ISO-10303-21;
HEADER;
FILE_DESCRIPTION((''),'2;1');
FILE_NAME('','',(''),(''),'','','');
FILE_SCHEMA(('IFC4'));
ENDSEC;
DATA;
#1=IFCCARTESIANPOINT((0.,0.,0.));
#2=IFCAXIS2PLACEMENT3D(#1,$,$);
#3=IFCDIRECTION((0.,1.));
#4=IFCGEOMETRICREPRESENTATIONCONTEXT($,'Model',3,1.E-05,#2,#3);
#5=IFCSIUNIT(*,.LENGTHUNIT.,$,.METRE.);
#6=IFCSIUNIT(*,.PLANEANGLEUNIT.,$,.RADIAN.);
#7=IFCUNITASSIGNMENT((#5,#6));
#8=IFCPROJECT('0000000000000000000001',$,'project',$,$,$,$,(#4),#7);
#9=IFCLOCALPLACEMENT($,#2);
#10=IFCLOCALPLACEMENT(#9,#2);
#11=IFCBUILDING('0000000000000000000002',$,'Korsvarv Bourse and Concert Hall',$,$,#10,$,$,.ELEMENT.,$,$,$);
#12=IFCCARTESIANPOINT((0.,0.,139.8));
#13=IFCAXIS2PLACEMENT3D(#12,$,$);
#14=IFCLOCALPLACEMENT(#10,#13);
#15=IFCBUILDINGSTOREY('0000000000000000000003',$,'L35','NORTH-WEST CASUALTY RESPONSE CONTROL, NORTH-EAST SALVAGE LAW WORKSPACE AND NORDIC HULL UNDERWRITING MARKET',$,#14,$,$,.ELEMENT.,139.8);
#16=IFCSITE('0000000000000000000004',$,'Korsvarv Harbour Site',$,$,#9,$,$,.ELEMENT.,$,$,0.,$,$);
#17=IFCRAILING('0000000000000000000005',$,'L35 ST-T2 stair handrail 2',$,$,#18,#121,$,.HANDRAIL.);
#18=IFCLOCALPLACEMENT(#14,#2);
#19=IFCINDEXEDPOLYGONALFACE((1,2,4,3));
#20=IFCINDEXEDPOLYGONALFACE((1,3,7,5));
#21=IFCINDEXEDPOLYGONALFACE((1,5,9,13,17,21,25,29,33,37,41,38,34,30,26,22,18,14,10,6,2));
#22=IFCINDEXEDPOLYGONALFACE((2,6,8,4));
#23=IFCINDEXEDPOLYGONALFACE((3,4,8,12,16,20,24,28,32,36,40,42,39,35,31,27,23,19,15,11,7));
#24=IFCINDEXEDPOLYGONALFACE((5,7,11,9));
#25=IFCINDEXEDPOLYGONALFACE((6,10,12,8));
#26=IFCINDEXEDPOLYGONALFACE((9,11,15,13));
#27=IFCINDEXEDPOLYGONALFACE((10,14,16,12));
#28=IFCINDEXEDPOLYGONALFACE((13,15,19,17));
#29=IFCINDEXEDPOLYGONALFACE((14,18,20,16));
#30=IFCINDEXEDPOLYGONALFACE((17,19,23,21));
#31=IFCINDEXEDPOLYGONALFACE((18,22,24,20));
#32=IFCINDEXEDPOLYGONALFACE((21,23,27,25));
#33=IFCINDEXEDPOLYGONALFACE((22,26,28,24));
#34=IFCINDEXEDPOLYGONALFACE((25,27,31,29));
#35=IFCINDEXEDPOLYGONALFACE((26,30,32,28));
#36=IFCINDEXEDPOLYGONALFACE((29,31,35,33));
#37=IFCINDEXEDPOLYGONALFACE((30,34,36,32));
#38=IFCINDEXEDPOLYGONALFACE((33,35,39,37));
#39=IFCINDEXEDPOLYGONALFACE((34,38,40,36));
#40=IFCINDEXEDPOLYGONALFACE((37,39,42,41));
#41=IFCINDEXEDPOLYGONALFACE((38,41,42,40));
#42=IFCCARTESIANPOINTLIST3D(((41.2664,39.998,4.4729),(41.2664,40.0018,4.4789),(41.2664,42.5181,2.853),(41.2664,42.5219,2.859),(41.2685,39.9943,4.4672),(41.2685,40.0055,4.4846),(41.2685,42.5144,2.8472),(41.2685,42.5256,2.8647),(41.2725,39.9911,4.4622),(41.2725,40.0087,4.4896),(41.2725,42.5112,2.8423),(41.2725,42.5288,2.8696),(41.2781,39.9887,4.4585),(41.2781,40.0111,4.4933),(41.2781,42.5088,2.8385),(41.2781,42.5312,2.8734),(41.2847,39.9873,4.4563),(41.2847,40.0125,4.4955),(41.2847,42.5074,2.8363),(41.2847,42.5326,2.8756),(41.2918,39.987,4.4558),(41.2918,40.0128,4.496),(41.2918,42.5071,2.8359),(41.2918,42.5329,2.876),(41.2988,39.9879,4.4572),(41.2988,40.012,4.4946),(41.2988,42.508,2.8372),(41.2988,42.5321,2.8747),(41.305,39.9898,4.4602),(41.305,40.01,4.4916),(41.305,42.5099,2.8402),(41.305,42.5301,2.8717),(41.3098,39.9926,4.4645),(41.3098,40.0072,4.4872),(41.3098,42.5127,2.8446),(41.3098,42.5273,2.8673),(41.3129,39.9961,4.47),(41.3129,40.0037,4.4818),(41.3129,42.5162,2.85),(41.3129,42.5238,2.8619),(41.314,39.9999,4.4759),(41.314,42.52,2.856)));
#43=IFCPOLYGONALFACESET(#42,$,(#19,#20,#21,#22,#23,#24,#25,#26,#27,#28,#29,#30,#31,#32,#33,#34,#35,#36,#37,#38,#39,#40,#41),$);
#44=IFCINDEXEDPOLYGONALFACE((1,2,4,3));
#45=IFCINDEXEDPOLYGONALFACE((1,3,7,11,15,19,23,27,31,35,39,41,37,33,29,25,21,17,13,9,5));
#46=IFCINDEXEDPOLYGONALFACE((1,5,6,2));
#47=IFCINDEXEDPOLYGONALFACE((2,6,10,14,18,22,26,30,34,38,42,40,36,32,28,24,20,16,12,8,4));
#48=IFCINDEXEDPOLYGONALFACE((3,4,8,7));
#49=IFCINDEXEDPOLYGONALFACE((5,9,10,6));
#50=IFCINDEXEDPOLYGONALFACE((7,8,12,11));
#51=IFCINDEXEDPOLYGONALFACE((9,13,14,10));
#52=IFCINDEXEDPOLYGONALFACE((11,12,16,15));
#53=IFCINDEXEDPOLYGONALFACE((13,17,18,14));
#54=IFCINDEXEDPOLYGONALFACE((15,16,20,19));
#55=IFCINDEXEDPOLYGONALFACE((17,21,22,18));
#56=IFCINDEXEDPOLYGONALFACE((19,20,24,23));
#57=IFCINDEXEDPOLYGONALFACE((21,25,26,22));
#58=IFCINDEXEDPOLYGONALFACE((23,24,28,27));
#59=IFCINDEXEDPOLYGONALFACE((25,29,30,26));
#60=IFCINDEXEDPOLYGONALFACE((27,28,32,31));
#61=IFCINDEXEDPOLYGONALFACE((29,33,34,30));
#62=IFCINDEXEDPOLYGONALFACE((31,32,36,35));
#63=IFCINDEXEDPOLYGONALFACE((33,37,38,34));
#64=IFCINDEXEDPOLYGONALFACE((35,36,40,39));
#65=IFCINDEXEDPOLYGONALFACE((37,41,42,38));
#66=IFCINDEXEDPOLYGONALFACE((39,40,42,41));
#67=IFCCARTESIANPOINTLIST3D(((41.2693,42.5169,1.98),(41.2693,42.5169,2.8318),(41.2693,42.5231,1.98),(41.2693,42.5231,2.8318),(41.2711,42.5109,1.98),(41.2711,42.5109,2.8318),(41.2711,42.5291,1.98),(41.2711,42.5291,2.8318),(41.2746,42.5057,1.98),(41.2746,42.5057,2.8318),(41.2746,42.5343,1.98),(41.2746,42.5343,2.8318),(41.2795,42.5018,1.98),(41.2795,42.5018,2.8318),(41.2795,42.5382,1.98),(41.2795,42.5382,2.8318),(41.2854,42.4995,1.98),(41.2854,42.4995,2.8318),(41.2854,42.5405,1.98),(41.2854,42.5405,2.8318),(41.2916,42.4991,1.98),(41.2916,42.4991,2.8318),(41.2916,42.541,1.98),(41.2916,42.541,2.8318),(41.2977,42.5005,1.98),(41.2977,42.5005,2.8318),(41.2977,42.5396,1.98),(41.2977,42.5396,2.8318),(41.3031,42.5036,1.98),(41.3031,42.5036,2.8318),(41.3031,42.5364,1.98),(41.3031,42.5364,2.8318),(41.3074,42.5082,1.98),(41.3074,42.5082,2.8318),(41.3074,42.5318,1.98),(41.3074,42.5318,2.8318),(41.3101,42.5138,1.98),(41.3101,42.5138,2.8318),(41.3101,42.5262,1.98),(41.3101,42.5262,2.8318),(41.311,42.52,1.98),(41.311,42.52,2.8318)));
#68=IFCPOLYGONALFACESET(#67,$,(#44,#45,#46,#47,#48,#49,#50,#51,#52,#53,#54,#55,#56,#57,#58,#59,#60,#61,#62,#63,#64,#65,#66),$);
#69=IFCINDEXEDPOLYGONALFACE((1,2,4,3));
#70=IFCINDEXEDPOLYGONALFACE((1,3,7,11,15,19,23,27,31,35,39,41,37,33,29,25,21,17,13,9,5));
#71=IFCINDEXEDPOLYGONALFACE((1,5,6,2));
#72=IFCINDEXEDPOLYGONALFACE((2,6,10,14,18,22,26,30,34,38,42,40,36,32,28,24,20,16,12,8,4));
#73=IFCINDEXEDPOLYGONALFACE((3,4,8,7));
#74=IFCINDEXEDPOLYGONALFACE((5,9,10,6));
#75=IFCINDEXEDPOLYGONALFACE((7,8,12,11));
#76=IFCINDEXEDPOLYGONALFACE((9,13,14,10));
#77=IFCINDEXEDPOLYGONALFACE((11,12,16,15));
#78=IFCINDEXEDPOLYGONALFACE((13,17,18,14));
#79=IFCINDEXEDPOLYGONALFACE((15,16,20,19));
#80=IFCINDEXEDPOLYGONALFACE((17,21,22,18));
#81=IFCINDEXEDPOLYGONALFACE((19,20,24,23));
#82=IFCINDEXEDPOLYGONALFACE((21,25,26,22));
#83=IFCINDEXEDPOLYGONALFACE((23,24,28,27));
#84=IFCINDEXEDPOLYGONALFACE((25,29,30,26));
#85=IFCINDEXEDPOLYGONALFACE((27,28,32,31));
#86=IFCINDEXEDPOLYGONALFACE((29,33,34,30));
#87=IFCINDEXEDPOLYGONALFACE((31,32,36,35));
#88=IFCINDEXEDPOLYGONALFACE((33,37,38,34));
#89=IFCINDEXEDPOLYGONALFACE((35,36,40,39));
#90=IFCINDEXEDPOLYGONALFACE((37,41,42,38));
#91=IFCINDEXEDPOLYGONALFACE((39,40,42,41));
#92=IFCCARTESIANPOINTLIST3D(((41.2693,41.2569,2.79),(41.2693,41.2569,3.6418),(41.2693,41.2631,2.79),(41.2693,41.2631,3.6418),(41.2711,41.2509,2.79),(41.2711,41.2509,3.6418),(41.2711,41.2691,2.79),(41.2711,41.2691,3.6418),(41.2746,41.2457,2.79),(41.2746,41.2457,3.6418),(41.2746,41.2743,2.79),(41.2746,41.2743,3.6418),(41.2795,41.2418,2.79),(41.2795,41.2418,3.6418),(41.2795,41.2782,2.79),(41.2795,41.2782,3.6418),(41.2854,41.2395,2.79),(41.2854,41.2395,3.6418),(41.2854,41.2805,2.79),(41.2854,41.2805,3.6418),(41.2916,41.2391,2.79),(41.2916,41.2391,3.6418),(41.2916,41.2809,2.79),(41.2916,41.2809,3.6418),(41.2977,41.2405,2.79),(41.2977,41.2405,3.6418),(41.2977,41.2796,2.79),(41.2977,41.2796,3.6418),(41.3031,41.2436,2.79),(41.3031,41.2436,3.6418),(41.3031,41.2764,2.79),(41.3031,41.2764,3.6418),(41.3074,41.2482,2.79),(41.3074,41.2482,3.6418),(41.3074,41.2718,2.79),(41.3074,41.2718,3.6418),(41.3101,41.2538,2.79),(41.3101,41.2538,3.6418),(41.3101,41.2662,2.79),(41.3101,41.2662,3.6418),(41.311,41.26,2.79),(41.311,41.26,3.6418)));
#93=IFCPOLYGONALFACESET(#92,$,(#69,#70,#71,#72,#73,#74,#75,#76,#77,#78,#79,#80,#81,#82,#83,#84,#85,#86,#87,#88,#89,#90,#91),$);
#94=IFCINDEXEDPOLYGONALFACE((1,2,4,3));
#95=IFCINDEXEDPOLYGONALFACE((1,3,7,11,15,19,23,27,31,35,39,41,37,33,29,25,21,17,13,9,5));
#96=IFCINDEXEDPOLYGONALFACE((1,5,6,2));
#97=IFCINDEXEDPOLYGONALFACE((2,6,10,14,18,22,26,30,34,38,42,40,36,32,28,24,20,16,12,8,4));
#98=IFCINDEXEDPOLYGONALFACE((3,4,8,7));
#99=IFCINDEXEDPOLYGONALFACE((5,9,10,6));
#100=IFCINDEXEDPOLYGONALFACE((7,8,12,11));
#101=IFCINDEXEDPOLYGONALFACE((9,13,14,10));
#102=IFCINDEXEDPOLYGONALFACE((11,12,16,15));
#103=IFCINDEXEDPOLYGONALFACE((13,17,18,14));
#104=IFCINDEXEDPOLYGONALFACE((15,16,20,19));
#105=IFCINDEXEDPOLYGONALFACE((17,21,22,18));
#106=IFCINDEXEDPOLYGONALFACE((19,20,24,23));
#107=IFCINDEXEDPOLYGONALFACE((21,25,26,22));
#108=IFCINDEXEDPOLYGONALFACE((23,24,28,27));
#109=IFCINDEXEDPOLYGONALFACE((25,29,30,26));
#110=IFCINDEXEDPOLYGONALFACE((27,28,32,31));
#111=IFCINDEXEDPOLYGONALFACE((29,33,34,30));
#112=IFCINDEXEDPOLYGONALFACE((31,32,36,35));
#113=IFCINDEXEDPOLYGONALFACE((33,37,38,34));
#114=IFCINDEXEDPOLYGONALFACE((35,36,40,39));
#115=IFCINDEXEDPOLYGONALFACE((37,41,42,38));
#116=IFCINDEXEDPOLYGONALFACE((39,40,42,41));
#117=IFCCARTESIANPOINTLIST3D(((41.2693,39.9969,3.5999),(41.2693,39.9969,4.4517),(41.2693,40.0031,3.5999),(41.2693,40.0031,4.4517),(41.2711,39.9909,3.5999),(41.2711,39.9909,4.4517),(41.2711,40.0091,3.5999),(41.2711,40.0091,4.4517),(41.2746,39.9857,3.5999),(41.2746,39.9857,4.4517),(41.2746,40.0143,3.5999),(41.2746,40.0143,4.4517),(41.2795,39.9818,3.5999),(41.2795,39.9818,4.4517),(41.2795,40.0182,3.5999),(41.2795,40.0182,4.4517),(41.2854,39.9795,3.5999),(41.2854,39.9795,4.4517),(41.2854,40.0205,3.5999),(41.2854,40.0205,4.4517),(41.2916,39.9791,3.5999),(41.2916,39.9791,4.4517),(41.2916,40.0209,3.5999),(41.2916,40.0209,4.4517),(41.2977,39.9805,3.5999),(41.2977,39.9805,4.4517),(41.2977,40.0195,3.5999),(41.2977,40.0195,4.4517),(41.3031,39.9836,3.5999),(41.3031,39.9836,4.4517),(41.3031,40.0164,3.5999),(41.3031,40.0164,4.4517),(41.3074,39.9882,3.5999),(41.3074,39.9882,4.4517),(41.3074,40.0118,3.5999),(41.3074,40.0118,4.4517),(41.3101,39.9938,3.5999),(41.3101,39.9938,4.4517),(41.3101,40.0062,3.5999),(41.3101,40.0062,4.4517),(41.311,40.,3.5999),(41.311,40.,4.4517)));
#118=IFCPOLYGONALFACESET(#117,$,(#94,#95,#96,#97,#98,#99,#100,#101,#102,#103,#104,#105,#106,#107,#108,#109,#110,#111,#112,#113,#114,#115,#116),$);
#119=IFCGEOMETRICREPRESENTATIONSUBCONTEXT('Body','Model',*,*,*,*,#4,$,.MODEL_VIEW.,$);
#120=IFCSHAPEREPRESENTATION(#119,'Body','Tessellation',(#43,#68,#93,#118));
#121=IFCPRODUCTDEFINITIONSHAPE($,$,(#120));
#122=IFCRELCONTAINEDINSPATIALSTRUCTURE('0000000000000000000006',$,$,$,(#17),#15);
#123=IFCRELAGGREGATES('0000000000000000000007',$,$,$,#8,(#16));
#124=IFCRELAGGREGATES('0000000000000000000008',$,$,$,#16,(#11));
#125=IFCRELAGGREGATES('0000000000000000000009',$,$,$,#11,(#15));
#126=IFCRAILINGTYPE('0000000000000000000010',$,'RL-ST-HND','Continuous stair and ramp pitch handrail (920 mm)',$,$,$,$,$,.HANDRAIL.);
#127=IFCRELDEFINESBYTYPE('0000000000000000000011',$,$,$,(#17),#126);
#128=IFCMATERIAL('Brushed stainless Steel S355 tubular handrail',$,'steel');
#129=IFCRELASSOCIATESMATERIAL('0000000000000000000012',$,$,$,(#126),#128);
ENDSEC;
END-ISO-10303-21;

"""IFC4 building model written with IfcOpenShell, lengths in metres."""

from ifc_helpers import new_model, si_unit, direction, frame, origin, origin_2d, place, context, subcontext, project, spatial, circle, extrude, material, type_object, element, save


model = new_model("IFC4")

# Units and contexts
model_context = context("Model", 3, precision=1e-05, world=origin(), true_north=direction((0.0, 1.0)))
body_context = subcontext(model_context, "Body", "Model", "MODEL_VIEW")
ifc_project = project(units=[si_unit("LENGTHUNIT", "METRE"), si_unit("PLANEANGLEUNIT", "RADIAN")], contexts=[model_context])

# Site, building, storey
site_placement = place(None, origin())
site = spatial("IfcSite", under=ifc_project, at=site_placement, Name="Korsvarv Harbour Site", CompositionType="ELEMENT", RefElevation=0.0)
building_placement = place(site_placement, origin())
building = spatial("IfcBuilding", under=site, at=building_placement, Name="Korsvarv Bourse and Concert Hall", CompositionType="ELEMENT")
storey_placement = place(building_placement, frame((0.0, 0.0, 139.8)))
storey = spatial("IfcBuildingStorey", under=building, at=storey_placement, Name="L35", Description="NORTH-WEST CASUALTY RESPONSE CONTROL, NORTH-EAST SALVAGE LAW WORKSPACE AND NORDIC HULL UNDERWRITING MARKET", CompositionType="ELEMENT", Elevation=139.8)

# Railing
ifc_material_1 = material(Name="Brushed stainless Steel S355 tubular handrail", Category="steel")
railing_type = type_object("IfcRailingType", Name="RL-ST-HND", Description="Continuous stair and ramp pitch handrail (920 mm)", PredefinedType="HANDRAIL", material=ifc_material_1)
railing_placement = place(storey_placement, frame((41.29, 42.52, 1.98)))
element("IfcRailing", 1, at=railing_placement, inside=storey, type_object=railing_type, Name="L35 ST-T2 stair handrail 2", PredefinedType="HANDRAIL", context=body_context, shape_type="SweptSolid", body=[
    extrude(circle(Radius=0.0239, at=origin_2d()), frame((0.0, 0.0, 0.876), z_axis=(0.0, -0.8412, 0.540725), x_axis=(1.0, 0.0, 0.0)), (0.0, 0.0, 1.0), 2.9958),
    extrude(circle(Radius=0.021, at=origin_2d()), origin(), (0.0, 0.0, 1.0), 0.8518),
    extrude(circle(Radius=0.021, at=origin_2d()), frame((0.0, -1.26, 0.8101)), (0.0, 0.0, 1.0), 0.8518),
    extrude(circle(Radius=0.021, at=origin_2d()), frame((0.0, -2.52, 1.6199)), (0.0, 0.0, 1.0), 0.8518),
])

save(model, "model.ifc")
